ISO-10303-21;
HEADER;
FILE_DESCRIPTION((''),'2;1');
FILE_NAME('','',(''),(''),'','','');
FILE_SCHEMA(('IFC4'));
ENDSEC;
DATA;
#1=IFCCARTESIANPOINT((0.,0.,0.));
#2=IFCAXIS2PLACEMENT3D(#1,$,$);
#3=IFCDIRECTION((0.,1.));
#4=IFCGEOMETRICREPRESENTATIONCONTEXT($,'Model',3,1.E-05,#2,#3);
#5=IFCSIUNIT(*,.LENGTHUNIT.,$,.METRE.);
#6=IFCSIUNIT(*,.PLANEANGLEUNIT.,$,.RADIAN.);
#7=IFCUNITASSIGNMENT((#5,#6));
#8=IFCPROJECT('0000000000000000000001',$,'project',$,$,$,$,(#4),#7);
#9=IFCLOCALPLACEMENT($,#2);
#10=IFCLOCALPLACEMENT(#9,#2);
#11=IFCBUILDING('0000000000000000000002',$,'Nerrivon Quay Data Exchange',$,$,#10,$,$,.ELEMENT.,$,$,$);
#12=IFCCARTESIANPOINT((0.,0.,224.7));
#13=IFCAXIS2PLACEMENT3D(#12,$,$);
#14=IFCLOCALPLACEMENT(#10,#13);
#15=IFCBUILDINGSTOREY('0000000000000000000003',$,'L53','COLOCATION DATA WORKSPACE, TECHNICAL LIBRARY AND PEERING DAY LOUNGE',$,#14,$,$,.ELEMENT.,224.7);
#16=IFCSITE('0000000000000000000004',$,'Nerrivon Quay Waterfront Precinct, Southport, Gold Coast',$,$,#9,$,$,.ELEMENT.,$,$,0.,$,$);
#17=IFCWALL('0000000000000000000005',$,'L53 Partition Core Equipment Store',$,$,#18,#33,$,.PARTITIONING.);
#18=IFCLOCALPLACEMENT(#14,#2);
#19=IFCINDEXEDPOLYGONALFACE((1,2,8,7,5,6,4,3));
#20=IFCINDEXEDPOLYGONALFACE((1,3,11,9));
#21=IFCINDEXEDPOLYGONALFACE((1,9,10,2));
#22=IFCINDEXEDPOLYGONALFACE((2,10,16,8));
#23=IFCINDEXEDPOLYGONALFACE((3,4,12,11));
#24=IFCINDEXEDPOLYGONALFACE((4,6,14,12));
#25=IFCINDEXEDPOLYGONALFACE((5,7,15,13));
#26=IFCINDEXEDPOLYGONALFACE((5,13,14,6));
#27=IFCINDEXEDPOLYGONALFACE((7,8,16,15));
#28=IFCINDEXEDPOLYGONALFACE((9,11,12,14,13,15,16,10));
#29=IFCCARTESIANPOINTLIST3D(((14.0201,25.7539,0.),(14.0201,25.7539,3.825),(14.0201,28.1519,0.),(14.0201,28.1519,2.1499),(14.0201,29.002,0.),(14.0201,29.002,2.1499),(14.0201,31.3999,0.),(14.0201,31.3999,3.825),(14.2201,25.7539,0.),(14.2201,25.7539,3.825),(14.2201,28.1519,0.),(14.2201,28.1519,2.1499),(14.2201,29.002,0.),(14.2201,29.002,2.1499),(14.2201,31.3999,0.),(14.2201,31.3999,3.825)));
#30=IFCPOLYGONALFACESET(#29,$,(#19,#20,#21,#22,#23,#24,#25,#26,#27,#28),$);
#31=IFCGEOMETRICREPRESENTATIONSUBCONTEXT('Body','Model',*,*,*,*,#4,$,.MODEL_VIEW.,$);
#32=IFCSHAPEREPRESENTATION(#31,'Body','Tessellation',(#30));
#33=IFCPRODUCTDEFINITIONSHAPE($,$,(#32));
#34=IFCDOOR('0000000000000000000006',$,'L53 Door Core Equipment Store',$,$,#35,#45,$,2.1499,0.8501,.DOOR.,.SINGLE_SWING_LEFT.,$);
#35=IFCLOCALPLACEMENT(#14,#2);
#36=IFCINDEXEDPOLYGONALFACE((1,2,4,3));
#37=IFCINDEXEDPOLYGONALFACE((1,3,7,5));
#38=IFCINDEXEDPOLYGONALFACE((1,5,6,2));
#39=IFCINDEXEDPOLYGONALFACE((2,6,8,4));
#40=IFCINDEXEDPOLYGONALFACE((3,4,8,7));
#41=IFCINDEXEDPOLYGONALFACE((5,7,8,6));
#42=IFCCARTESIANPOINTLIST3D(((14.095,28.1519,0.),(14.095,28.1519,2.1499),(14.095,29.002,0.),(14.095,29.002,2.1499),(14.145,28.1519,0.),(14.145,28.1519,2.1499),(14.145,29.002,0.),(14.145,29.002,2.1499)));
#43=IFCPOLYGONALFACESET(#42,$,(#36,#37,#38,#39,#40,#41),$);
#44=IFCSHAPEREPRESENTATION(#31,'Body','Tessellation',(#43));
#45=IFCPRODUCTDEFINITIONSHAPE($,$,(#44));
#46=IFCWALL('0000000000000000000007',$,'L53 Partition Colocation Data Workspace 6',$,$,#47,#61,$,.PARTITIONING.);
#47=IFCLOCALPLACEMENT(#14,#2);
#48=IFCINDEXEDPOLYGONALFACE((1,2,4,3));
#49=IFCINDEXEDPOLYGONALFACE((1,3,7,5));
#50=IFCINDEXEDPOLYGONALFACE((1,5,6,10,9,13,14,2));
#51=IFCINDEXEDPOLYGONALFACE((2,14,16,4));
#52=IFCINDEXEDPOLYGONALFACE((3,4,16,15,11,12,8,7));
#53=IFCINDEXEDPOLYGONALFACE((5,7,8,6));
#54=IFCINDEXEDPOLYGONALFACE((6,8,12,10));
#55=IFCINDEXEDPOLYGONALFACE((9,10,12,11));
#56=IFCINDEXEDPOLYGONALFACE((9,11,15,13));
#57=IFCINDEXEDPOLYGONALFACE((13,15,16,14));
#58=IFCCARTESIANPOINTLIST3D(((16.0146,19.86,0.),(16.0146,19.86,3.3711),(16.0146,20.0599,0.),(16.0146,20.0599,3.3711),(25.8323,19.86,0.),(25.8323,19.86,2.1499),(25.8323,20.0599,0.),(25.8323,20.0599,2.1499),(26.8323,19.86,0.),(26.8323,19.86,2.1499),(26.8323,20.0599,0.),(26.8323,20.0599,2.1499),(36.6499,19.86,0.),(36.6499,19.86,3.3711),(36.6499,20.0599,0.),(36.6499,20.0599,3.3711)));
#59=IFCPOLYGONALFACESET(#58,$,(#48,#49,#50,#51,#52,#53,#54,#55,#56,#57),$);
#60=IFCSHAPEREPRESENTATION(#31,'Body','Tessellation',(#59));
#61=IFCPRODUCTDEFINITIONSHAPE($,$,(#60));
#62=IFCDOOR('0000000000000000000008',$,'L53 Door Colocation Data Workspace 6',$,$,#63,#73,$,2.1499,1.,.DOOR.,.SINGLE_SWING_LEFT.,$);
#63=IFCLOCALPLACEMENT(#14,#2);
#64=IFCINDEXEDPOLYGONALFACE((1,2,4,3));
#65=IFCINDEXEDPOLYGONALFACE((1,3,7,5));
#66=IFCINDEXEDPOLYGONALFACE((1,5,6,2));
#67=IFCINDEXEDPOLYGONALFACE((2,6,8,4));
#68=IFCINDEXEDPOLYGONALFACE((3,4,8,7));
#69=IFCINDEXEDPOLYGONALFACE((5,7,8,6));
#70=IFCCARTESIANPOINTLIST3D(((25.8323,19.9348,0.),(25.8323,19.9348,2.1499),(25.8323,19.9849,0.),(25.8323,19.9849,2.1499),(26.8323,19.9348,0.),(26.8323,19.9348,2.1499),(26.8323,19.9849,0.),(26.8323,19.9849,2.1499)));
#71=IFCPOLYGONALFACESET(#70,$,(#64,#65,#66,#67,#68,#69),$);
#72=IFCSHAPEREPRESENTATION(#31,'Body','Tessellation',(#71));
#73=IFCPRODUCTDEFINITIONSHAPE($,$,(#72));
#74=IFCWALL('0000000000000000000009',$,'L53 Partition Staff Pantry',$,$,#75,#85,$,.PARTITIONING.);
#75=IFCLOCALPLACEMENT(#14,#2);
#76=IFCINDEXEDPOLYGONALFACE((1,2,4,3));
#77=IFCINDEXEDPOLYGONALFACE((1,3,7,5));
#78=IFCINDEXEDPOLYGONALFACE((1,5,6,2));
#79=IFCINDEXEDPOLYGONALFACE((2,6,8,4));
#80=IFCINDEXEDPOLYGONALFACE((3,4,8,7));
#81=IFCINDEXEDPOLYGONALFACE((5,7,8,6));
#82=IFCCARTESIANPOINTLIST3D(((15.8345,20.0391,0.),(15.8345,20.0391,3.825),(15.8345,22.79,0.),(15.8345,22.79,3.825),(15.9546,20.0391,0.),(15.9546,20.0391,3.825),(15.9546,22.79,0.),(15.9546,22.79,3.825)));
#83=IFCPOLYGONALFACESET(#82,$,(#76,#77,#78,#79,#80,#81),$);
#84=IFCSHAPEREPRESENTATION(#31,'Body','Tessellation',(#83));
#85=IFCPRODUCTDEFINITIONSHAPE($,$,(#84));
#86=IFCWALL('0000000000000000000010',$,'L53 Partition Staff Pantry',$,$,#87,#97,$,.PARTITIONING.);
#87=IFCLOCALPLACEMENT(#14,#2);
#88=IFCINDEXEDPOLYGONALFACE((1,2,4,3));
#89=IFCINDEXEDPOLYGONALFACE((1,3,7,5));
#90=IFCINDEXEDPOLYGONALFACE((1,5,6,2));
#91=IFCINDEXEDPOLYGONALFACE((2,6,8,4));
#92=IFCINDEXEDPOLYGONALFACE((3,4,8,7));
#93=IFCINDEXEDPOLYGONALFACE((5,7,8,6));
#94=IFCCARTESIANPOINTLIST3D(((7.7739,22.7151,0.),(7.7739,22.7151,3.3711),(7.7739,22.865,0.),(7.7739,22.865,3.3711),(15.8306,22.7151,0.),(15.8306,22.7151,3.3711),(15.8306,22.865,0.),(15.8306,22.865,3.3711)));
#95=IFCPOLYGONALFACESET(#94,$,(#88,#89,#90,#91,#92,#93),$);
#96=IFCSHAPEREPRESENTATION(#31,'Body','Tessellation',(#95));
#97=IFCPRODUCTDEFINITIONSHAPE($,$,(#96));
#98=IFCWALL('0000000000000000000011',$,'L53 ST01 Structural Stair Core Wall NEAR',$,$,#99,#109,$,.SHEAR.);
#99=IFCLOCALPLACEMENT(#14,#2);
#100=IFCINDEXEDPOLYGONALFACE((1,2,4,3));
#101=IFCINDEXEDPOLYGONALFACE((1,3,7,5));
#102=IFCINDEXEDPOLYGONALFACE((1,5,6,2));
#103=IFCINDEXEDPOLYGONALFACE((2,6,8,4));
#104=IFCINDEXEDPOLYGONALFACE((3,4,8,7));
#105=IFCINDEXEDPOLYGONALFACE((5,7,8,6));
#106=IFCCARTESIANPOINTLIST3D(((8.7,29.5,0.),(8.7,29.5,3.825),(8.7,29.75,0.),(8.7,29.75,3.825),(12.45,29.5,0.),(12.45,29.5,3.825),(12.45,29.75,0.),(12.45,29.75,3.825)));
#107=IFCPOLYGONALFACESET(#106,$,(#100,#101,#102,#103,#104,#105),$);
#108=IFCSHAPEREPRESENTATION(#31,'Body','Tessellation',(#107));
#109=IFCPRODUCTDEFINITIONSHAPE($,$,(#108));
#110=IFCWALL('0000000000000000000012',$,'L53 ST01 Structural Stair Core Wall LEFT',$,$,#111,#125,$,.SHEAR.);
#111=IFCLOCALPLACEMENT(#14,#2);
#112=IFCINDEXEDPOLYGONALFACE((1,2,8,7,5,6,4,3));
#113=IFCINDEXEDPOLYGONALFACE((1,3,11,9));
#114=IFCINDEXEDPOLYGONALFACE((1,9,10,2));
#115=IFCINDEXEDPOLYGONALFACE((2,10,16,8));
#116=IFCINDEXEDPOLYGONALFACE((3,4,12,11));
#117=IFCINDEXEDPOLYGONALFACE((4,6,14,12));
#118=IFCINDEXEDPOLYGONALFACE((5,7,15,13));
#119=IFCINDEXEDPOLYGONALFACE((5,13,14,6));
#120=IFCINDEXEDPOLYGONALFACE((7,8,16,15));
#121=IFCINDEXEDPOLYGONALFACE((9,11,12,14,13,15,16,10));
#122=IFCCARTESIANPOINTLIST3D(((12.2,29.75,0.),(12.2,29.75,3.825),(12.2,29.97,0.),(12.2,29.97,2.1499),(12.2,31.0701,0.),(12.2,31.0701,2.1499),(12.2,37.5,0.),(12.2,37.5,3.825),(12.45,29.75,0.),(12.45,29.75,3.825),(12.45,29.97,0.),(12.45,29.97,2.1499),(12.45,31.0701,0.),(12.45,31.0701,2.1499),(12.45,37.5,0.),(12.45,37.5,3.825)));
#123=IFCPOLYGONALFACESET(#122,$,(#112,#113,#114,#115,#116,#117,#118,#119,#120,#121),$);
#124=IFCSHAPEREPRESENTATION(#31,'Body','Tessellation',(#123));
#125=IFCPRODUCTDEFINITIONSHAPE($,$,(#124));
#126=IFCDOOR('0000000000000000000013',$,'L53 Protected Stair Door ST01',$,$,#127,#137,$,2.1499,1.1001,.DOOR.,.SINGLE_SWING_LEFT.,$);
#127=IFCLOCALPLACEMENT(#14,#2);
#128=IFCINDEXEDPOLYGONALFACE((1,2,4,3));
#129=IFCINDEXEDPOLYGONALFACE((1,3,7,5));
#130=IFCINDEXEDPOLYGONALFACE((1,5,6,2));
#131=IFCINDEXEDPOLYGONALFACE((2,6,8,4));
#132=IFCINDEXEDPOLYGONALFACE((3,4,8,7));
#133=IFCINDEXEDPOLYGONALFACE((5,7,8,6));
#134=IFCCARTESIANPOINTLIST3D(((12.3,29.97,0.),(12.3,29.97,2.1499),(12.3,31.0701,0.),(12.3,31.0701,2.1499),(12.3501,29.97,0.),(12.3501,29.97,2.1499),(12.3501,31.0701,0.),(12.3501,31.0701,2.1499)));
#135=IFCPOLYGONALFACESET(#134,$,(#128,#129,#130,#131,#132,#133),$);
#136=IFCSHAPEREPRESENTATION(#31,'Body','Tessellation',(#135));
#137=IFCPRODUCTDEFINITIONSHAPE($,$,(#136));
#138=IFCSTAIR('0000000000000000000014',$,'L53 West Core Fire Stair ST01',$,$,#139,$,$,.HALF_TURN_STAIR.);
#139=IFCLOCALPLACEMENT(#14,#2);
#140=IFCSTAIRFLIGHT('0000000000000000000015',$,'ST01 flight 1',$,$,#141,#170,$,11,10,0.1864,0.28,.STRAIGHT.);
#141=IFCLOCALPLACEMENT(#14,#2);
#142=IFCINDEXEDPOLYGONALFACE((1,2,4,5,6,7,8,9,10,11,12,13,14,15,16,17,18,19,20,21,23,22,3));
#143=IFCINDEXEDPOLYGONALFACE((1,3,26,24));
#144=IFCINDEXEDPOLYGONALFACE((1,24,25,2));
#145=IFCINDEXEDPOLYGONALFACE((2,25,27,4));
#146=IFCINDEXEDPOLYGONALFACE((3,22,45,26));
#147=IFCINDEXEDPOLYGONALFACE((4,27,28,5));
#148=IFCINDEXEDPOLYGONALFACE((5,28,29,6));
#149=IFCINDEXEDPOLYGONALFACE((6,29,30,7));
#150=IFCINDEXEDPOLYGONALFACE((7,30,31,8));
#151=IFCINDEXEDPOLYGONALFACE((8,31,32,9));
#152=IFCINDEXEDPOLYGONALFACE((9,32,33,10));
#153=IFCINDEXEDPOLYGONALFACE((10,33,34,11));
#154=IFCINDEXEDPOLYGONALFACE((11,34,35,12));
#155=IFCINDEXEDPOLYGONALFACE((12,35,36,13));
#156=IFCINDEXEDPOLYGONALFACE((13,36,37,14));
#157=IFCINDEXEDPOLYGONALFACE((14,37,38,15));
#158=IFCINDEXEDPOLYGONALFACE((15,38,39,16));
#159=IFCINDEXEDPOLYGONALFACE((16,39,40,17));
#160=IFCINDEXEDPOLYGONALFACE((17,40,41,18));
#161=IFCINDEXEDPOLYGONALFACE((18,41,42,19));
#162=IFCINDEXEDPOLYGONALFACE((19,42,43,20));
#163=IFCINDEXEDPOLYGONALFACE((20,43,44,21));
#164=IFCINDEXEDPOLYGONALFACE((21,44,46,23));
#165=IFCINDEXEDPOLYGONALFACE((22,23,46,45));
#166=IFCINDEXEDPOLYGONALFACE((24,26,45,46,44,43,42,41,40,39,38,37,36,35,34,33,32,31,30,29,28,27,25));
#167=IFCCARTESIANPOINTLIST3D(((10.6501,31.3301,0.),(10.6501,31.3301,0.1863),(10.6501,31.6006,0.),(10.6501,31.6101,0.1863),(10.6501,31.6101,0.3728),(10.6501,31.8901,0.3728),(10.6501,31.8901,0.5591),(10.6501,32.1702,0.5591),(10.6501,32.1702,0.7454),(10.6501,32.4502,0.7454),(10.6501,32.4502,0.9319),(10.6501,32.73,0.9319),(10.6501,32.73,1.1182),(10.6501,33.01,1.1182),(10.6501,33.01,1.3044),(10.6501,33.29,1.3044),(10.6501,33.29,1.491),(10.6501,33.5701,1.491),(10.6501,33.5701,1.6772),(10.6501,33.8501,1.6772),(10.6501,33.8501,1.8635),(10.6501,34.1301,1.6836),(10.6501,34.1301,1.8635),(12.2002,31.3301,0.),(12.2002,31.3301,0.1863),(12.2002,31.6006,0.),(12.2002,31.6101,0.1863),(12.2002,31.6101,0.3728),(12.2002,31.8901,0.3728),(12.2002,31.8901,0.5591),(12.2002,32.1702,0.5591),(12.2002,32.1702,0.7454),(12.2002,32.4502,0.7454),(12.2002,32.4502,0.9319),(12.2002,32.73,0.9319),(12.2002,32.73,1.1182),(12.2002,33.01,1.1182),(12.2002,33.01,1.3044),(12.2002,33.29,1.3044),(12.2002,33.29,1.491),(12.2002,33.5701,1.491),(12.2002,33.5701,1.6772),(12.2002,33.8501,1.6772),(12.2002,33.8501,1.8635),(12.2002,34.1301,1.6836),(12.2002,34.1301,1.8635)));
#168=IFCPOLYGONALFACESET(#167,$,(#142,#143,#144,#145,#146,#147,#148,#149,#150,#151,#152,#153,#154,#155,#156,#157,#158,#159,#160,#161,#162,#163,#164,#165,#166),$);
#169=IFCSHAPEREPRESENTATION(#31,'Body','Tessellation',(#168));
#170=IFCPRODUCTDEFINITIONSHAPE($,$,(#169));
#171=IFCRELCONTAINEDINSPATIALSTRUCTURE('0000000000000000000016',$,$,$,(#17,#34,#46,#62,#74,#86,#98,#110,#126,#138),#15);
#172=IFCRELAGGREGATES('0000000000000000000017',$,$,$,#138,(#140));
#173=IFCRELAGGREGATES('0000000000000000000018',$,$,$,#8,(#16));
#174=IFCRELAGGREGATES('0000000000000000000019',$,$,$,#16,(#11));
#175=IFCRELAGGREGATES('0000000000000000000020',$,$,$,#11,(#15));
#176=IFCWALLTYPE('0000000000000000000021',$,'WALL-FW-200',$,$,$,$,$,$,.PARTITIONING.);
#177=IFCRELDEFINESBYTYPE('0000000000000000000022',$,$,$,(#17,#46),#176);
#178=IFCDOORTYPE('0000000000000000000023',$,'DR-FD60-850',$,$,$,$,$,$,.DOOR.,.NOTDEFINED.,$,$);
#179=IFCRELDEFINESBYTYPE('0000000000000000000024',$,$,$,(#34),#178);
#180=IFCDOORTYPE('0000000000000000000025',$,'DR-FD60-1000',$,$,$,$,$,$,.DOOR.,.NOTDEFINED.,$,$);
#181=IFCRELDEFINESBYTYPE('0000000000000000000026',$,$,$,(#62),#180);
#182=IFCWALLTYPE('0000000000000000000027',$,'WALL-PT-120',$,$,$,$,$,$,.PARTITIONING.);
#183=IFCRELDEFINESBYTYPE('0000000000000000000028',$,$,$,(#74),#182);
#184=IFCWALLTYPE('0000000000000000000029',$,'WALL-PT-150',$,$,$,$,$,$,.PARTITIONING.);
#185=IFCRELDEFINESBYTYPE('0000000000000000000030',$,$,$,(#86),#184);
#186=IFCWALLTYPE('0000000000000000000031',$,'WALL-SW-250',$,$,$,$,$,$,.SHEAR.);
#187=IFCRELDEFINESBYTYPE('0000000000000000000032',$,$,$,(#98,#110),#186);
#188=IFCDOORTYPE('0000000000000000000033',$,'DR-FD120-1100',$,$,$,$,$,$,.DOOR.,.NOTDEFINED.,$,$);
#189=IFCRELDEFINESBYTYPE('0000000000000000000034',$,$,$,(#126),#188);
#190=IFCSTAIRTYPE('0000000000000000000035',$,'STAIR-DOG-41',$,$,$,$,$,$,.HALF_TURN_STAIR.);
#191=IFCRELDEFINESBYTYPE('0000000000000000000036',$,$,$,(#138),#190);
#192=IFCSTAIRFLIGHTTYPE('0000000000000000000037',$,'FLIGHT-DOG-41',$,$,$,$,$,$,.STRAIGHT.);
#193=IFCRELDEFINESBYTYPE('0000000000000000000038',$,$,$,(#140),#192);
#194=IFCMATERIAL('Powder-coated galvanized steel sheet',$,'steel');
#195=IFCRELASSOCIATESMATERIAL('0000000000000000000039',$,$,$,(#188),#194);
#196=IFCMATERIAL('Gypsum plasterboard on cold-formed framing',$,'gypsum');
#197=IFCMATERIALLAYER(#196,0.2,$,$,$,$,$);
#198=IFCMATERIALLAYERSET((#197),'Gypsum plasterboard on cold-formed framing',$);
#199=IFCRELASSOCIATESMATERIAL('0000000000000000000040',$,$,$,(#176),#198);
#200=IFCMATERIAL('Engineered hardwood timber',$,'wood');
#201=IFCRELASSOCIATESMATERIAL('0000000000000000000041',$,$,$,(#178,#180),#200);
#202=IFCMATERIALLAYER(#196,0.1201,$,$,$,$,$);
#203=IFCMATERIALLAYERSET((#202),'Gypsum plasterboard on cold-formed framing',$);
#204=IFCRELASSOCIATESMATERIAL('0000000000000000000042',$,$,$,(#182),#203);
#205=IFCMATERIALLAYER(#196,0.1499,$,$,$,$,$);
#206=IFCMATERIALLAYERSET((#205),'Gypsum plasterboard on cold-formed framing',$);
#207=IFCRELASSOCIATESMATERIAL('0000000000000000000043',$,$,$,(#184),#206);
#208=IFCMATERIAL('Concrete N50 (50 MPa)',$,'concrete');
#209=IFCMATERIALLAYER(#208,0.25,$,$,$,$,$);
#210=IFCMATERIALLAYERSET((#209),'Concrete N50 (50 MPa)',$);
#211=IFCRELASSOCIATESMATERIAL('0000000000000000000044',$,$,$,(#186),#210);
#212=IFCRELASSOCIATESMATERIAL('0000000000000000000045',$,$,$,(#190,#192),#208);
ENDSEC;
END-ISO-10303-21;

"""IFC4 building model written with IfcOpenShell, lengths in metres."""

from ifc_helpers import new_model, si_unit, direction, frame, frame_2d, origin, place, context, subcontext, project, spatial, polyline, rectangle, outline, extrude, material, layer, layer_set, type_object, element, fill, aggregate, save


model = new_model("IFC4")

# Units and contexts
model_context = context("Model", 3, precision=1e-05, world=origin(), true_north=direction((0.0, 1.0)))
body_context = subcontext(model_context, "Body", "Model", "MODEL_VIEW")
ifc_project = project(units=[si_unit("LENGTHUNIT", "METRE"), si_unit("PLANEANGLEUNIT", "RADIAN")], contexts=[model_context])

# Site, building, storey
site_placement = place(None, origin())
site = spatial("IfcSite", under=ifc_project, at=site_placement, Name="Nerrivon Quay Waterfront Precinct, Southport, Gold Coast", CompositionType="ELEMENT", RefElevation=0.0)
building_placement = place(site_placement, origin())
building = spatial("IfcBuilding", under=site, at=building_placement, Name="Nerrivon Quay Data Exchange", CompositionType="ELEMENT")
storey_placement = place(building_placement, frame((0.0, 0.0, 224.7)))
storey = spatial("IfcBuildingStorey", under=building, at=storey_placement, Name="L53", Description="COLOCATION DATA WORKSPACE, TECHNICAL LIBRARY AND PEERING DAY LOUNGE", CompositionType="ELEMENT", Elevation=224.7)

# Shared definitions
ifc_material_1 = material(Name="Concrete N50 (50 MPa)", Category="concrete")
ifc_material_2 = material(Name="Powder-coated galvanized steel sheet", Category="steel")
door_type_1 = type_object("IfcDoorType", Name="DR-FD120-1100", OperationType="NOTDEFINED", PredefinedType="DOOR", material=ifc_material_2)
ifc_material_3 = material(Name="Gypsum plasterboard on cold-formed framing", Category="gypsum")
ifc_layer_1 = layer(ifc_material_3, 0.2)
ifc_layer_set_1 = layer_set([ifc_layer_1], Name="Gypsum plasterboard on cold-formed framing")
wall_type_1 = type_object("IfcWallType", Name="WALL-FW-200", PredefinedType="PARTITIONING", material=ifc_layer_set_1)

# Walls, openings, doors
wall_1_placement = place(storey_placement, frame((14.1201, 31.3999, 0.0), z_axis=(0.0, 0.0, 1.0), x_axis=(0.0, -1.0, 0.0)))
wall_1 = element("IfcWall", 1, at=wall_1_placement, inside=storey, type_object=wall_type_1, Name="L53 Partition Core Equipment Store", PredefinedType="PARTITIONING", context=body_context, shape_type="SweptSolid", body=[
    extrude(rectangle(XDim=5.646, YDim=0.2, at=frame_2d((2.823, 0.0))), origin(), (0.0, 0.0, 1.0), 3.825),
])
opening_1_placement = place(wall_1_placement, frame((2.3979, 0.0, 0.0)))
opening_1 = element("IfcOpeningElement", 2, at=opening_1_placement, cuts=wall_1, PredefinedType="OPENING", context=body_context, shape_type="SweptSolid", body=[
    extrude(rectangle(XDim=0.8501, YDim=2.1499, at=frame_2d((0.425, 1.075))), frame((0.0, 0.1099, 0.0), z_axis=(0.0, -1.0, 0.0), x_axis=(1.0, 0.0, 0.0)), (0.0, 0.0, 1.0), 0.22),
])
ifc_material_4 = material(Name="Engineered hardwood timber", Category="wood")
door_type_2 = type_object("IfcDoorType", Name="DR-FD60-850", OperationType="NOTDEFINED", PredefinedType="DOOR", material=ifc_material_4)
door_1_placement = place(opening_1_placement, origin())
door_1 = element("IfcDoor", 3, at=door_1_placement, inside=storey, type_object=door_type_2, Name="L53 Door Core Equipment Store", OperationType="SINGLE_SWING_LEFT", OverallHeight=2.1499, OverallWidth=0.8501, PredefinedType="DOOR", context=body_context, shape_type="SweptSolid", body=[
    extrude(rectangle(XDim=0.8501, YDim=2.1499, at=frame_2d((0.425, 1.075))), frame((0.0, 0.0249, 0.0), z_axis=(0.0, -1.0, 0.0), x_axis=(1.0, 0.0, 0.0)), (0.0, 0.0, 1.0), 0.05),
])
fill(opening_1, door_1)
wall_2_placement = place(storey_placement, frame((16.0146, 19.96, 0.0), z_axis=(0.0, 0.0, 1.0), x_axis=(1.0, 0.0, 0.0)))
wall_2 = element("IfcWall", 4, at=wall_2_placement, inside=storey, type_object=wall_type_1, Name="L53 Partition Colocation Data Workspace 6", PredefinedType="PARTITIONING", context=body_context, shape_type="SweptSolid", body=[
    extrude(rectangle(XDim=20.6353, YDim=0.2, at=frame_2d((10.3176, 0.0))), origin(), (0.0, 0.0, 1.0), 3.3711),
])
opening_2_placement = place(wall_2_placement, frame((9.8176, 0.0, 0.0)))
opening_2 = element("IfcOpeningElement", 5, at=opening_2_placement, cuts=wall_2, PredefinedType="OPENING", context=body_context, shape_type="SweptSolid", body=[
    extrude(rectangle(XDim=1.0, YDim=2.1499, at=frame_2d((0.5, 1.075))), frame((0.0, 0.1099, 0.0), z_axis=(0.0, -1.0, 0.0), x_axis=(1.0, 0.0, 0.0)), (0.0, 0.0, 1.0), 0.22),
])
door_type_3 = type_object("IfcDoorType", Name="DR-FD60-1000", OperationType="NOTDEFINED", PredefinedType="DOOR", material=ifc_material_4)
door_2_placement = place(opening_2_placement, origin())
door_2 = element("IfcDoor", 6, at=door_2_placement, inside=storey, type_object=door_type_3, Name="L53 Door Colocation Data Workspace 6", OperationType="SINGLE_SWING_LEFT", OverallHeight=2.1499, OverallWidth=1.0, PredefinedType="DOOR", context=body_context, shape_type="SweptSolid", body=[
    extrude(rectangle(XDim=1.0, YDim=2.1499, at=frame_2d((0.5, 1.075))), frame((0.0, 0.0249, 0.0), z_axis=(0.0, -1.0, 0.0), x_axis=(1.0, 0.0, 0.0)), (0.0, 0.0, 1.0), 0.05),
])
fill(opening_2, door_2)

# Walls
ifc_layer_2 = layer(ifc_material_3, 0.1201)
ifc_layer_set_2 = layer_set([ifc_layer_2], Name="Gypsum plasterboard on cold-formed framing")
wall_type_2 = type_object("IfcWallType", Name="WALL-PT-120", PredefinedType="PARTITIONING", material=ifc_layer_set_2)
wall_3_placement = place(storey_placement, frame((15.8945, 20.0391, 0.0), z_axis=(0.0, 0.0, 1.0), x_axis=(0.0, 1.0, 0.0)))
element("IfcWall", 7, at=wall_3_placement, inside=storey, type_object=wall_type_2, Name="L53 Partition Staff Pantry", PredefinedType="PARTITIONING", context=body_context, shape_type="SweptSolid", body=[
    extrude(rectangle(XDim=2.751, YDim=0.1201, at=frame_2d((1.3755, 0.0))), origin(), (0.0, 0.0, 1.0), 3.825),
])
ifc_layer_3 = layer(ifc_material_3, 0.1499)
ifc_layer_set_3 = layer_set([ifc_layer_3], Name="Gypsum plasterboard on cold-formed framing")
wall_type_3 = type_object("IfcWallType", Name="WALL-PT-150", PredefinedType="PARTITIONING", material=ifc_layer_set_3)
wall_4_placement = place(storey_placement, frame((15.8306, 22.79, 0.0), z_axis=(0.0, 0.0, 1.0), x_axis=(-1.0, 0.0, 0.0)))
element("IfcWall", 8, at=wall_4_placement, inside=storey, type_object=wall_type_3, Name="L53 Partition Staff Pantry", PredefinedType="PARTITIONING", context=body_context, shape_type="SweptSolid", body=[
    extrude(rectangle(XDim=8.0566, YDim=0.1499, at=frame_2d((4.0283, 0.0))), origin(), (0.0, 0.0, 1.0), 3.3711),
])
ifc_layer_4 = layer(ifc_material_1, 0.25)
ifc_layer_set_4 = layer_set([ifc_layer_4], Name="Concrete N50 (50 MPa)")
wall_type_4 = type_object("IfcWallType", Name="WALL-SW-250", PredefinedType="SHEAR", material=ifc_layer_set_4)
wall_5_placement = place(storey_placement, frame((12.45, 29.625, 0.0), z_axis=(0.0, 0.0, 1.0), x_axis=(-1.0, 0.0, 0.0)))
element("IfcWall", 9, at=wall_5_placement, inside=storey, type_object=wall_type_4, Name="L53 ST01 Structural Stair Core Wall NEAR", PredefinedType="SHEAR", context=body_context, shape_type="SweptSolid", body=[
    extrude(rectangle(XDim=3.75, YDim=0.25, at=frame_2d((1.875, 0.0))), origin(), (0.0, 0.0, 1.0), 3.825),
])

# Wall, opening, door
wall_6_placement = place(storey_placement, frame((12.325, 29.75, 0.0), z_axis=(0.0, 0.0, 1.0), x_axis=(0.0, 1.0, 0.0)))
wall_6 = element("IfcWall", 10, at=wall_6_placement, inside=storey, type_object=wall_type_4, Name="L53 ST01 Structural Stair Core Wall LEFT", PredefinedType="SHEAR", context=body_context, shape_type="SweptSolid", body=[
    extrude(rectangle(XDim=7.75, YDim=0.25, at=frame_2d((3.875, 0.0))), origin(), (0.0, 0.0, 1.0), 3.825),
])
opening_3_placement = place(wall_6_placement, frame((0.22, 0.0, 0.0)))
opening_3 = element("IfcOpeningElement", 11, at=opening_3_placement, cuts=wall_6, PredefinedType="OPENING", context=body_context, shape_type="SweptSolid", body=[
    extrude(rectangle(XDim=1.1001, YDim=2.1499, at=frame_2d((0.55, 1.075))), frame((0.0, 0.135, 0.0), z_axis=(0.0, -1.0, 0.0), x_axis=(1.0, 0.0, 0.0)), (0.0, 0.0, 1.0), 0.27),
])
door_3_placement = place(opening_3_placement, origin())
door_3 = element("IfcDoor", 12, at=door_3_placement, inside=storey, type_object=door_type_1, Name="L53 Protected Stair Door ST01", OperationType="SINGLE_SWING_LEFT", OverallHeight=2.1499, OverallWidth=1.1001, PredefinedType="DOOR", context=body_context, shape_type="SweptSolid", body=[
    extrude(rectangle(XDim=1.1001, YDim=2.1499, at=frame_2d((0.55, 1.075))), frame((0.0, 0.0249, 0.0), z_axis=(0.0, -1.0, 0.0), x_axis=(1.0, 0.0, 0.0)), (0.0, 0.0, 1.0), 0.05),
])
fill(opening_3, door_3)

# Stair, stair flight
stair_type = type_object("IfcStairType", Name="STAIR-DOG-41", PredefinedType="HALF_TURN_STAIR", material=ifc_material_1)
stair_placement = place(storey_placement, origin())
stair = element("IfcStair", 13, at=stair_placement, inside=storey, type_object=stair_type, Name="L53 West Core Fire Stair ST01", PredefinedType="HALF_TURN_STAIR")
stair_flight_type = type_object("IfcStairFlightType", Name="FLIGHT-DOG-41", PredefinedType="STRAIGHT", material=ifc_material_1)
stair_flight_placement = place(storey_placement, frame((11.425, 31.3301, 0.0), z_axis=(0.0, 0.0, 1.0), x_axis=(0.0, 1.0, 0.0)))
stair_flight = element("IfcStairFlight", 14, at=stair_flight_placement, type_object=stair_flight_type, Name="ST01 flight 1", NumberOfRisers=11, NumberOfTreads=10, PredefinedType="STRAIGHT", RiserHeight=0.1864, TreadLength=0.28, context=body_context, shape_type="SweptSolid", body=[
    extrude(outline(polyline([(0.0, 0.0), (0.0, 0.1863), (0.28, 0.1863), (0.28, 0.3728), (0.5601, 0.3728), (0.5601, 0.5591), (0.8401, 0.5591), (0.8401, 0.7454), (1.1201, 0.7454), (1.1201, 0.9319), (1.3999, 0.9319), (1.3999, 1.1182), (1.6799, 1.1182), (1.6799, 1.3044), (1.96, 1.3044), (1.96, 1.491), (2.24, 1.491), (2.24, 1.6772), (2.52, 1.6772), (2.52, 1.8635), (2.8, 1.8635), (2.8, 2.05), (2.8, 1.6836), (0.2705, 0.0), (0.0, 0.0)])), frame((0.0, 0.7749, 0.0), z_axis=(0.0, -1.0, 0.0), x_axis=(1.0, 0.0, 0.0)), (0.0, 0.0, 1.0), 1.55),
])
aggregate(stair, [stair_flight])

save(model, "model.ifc")
